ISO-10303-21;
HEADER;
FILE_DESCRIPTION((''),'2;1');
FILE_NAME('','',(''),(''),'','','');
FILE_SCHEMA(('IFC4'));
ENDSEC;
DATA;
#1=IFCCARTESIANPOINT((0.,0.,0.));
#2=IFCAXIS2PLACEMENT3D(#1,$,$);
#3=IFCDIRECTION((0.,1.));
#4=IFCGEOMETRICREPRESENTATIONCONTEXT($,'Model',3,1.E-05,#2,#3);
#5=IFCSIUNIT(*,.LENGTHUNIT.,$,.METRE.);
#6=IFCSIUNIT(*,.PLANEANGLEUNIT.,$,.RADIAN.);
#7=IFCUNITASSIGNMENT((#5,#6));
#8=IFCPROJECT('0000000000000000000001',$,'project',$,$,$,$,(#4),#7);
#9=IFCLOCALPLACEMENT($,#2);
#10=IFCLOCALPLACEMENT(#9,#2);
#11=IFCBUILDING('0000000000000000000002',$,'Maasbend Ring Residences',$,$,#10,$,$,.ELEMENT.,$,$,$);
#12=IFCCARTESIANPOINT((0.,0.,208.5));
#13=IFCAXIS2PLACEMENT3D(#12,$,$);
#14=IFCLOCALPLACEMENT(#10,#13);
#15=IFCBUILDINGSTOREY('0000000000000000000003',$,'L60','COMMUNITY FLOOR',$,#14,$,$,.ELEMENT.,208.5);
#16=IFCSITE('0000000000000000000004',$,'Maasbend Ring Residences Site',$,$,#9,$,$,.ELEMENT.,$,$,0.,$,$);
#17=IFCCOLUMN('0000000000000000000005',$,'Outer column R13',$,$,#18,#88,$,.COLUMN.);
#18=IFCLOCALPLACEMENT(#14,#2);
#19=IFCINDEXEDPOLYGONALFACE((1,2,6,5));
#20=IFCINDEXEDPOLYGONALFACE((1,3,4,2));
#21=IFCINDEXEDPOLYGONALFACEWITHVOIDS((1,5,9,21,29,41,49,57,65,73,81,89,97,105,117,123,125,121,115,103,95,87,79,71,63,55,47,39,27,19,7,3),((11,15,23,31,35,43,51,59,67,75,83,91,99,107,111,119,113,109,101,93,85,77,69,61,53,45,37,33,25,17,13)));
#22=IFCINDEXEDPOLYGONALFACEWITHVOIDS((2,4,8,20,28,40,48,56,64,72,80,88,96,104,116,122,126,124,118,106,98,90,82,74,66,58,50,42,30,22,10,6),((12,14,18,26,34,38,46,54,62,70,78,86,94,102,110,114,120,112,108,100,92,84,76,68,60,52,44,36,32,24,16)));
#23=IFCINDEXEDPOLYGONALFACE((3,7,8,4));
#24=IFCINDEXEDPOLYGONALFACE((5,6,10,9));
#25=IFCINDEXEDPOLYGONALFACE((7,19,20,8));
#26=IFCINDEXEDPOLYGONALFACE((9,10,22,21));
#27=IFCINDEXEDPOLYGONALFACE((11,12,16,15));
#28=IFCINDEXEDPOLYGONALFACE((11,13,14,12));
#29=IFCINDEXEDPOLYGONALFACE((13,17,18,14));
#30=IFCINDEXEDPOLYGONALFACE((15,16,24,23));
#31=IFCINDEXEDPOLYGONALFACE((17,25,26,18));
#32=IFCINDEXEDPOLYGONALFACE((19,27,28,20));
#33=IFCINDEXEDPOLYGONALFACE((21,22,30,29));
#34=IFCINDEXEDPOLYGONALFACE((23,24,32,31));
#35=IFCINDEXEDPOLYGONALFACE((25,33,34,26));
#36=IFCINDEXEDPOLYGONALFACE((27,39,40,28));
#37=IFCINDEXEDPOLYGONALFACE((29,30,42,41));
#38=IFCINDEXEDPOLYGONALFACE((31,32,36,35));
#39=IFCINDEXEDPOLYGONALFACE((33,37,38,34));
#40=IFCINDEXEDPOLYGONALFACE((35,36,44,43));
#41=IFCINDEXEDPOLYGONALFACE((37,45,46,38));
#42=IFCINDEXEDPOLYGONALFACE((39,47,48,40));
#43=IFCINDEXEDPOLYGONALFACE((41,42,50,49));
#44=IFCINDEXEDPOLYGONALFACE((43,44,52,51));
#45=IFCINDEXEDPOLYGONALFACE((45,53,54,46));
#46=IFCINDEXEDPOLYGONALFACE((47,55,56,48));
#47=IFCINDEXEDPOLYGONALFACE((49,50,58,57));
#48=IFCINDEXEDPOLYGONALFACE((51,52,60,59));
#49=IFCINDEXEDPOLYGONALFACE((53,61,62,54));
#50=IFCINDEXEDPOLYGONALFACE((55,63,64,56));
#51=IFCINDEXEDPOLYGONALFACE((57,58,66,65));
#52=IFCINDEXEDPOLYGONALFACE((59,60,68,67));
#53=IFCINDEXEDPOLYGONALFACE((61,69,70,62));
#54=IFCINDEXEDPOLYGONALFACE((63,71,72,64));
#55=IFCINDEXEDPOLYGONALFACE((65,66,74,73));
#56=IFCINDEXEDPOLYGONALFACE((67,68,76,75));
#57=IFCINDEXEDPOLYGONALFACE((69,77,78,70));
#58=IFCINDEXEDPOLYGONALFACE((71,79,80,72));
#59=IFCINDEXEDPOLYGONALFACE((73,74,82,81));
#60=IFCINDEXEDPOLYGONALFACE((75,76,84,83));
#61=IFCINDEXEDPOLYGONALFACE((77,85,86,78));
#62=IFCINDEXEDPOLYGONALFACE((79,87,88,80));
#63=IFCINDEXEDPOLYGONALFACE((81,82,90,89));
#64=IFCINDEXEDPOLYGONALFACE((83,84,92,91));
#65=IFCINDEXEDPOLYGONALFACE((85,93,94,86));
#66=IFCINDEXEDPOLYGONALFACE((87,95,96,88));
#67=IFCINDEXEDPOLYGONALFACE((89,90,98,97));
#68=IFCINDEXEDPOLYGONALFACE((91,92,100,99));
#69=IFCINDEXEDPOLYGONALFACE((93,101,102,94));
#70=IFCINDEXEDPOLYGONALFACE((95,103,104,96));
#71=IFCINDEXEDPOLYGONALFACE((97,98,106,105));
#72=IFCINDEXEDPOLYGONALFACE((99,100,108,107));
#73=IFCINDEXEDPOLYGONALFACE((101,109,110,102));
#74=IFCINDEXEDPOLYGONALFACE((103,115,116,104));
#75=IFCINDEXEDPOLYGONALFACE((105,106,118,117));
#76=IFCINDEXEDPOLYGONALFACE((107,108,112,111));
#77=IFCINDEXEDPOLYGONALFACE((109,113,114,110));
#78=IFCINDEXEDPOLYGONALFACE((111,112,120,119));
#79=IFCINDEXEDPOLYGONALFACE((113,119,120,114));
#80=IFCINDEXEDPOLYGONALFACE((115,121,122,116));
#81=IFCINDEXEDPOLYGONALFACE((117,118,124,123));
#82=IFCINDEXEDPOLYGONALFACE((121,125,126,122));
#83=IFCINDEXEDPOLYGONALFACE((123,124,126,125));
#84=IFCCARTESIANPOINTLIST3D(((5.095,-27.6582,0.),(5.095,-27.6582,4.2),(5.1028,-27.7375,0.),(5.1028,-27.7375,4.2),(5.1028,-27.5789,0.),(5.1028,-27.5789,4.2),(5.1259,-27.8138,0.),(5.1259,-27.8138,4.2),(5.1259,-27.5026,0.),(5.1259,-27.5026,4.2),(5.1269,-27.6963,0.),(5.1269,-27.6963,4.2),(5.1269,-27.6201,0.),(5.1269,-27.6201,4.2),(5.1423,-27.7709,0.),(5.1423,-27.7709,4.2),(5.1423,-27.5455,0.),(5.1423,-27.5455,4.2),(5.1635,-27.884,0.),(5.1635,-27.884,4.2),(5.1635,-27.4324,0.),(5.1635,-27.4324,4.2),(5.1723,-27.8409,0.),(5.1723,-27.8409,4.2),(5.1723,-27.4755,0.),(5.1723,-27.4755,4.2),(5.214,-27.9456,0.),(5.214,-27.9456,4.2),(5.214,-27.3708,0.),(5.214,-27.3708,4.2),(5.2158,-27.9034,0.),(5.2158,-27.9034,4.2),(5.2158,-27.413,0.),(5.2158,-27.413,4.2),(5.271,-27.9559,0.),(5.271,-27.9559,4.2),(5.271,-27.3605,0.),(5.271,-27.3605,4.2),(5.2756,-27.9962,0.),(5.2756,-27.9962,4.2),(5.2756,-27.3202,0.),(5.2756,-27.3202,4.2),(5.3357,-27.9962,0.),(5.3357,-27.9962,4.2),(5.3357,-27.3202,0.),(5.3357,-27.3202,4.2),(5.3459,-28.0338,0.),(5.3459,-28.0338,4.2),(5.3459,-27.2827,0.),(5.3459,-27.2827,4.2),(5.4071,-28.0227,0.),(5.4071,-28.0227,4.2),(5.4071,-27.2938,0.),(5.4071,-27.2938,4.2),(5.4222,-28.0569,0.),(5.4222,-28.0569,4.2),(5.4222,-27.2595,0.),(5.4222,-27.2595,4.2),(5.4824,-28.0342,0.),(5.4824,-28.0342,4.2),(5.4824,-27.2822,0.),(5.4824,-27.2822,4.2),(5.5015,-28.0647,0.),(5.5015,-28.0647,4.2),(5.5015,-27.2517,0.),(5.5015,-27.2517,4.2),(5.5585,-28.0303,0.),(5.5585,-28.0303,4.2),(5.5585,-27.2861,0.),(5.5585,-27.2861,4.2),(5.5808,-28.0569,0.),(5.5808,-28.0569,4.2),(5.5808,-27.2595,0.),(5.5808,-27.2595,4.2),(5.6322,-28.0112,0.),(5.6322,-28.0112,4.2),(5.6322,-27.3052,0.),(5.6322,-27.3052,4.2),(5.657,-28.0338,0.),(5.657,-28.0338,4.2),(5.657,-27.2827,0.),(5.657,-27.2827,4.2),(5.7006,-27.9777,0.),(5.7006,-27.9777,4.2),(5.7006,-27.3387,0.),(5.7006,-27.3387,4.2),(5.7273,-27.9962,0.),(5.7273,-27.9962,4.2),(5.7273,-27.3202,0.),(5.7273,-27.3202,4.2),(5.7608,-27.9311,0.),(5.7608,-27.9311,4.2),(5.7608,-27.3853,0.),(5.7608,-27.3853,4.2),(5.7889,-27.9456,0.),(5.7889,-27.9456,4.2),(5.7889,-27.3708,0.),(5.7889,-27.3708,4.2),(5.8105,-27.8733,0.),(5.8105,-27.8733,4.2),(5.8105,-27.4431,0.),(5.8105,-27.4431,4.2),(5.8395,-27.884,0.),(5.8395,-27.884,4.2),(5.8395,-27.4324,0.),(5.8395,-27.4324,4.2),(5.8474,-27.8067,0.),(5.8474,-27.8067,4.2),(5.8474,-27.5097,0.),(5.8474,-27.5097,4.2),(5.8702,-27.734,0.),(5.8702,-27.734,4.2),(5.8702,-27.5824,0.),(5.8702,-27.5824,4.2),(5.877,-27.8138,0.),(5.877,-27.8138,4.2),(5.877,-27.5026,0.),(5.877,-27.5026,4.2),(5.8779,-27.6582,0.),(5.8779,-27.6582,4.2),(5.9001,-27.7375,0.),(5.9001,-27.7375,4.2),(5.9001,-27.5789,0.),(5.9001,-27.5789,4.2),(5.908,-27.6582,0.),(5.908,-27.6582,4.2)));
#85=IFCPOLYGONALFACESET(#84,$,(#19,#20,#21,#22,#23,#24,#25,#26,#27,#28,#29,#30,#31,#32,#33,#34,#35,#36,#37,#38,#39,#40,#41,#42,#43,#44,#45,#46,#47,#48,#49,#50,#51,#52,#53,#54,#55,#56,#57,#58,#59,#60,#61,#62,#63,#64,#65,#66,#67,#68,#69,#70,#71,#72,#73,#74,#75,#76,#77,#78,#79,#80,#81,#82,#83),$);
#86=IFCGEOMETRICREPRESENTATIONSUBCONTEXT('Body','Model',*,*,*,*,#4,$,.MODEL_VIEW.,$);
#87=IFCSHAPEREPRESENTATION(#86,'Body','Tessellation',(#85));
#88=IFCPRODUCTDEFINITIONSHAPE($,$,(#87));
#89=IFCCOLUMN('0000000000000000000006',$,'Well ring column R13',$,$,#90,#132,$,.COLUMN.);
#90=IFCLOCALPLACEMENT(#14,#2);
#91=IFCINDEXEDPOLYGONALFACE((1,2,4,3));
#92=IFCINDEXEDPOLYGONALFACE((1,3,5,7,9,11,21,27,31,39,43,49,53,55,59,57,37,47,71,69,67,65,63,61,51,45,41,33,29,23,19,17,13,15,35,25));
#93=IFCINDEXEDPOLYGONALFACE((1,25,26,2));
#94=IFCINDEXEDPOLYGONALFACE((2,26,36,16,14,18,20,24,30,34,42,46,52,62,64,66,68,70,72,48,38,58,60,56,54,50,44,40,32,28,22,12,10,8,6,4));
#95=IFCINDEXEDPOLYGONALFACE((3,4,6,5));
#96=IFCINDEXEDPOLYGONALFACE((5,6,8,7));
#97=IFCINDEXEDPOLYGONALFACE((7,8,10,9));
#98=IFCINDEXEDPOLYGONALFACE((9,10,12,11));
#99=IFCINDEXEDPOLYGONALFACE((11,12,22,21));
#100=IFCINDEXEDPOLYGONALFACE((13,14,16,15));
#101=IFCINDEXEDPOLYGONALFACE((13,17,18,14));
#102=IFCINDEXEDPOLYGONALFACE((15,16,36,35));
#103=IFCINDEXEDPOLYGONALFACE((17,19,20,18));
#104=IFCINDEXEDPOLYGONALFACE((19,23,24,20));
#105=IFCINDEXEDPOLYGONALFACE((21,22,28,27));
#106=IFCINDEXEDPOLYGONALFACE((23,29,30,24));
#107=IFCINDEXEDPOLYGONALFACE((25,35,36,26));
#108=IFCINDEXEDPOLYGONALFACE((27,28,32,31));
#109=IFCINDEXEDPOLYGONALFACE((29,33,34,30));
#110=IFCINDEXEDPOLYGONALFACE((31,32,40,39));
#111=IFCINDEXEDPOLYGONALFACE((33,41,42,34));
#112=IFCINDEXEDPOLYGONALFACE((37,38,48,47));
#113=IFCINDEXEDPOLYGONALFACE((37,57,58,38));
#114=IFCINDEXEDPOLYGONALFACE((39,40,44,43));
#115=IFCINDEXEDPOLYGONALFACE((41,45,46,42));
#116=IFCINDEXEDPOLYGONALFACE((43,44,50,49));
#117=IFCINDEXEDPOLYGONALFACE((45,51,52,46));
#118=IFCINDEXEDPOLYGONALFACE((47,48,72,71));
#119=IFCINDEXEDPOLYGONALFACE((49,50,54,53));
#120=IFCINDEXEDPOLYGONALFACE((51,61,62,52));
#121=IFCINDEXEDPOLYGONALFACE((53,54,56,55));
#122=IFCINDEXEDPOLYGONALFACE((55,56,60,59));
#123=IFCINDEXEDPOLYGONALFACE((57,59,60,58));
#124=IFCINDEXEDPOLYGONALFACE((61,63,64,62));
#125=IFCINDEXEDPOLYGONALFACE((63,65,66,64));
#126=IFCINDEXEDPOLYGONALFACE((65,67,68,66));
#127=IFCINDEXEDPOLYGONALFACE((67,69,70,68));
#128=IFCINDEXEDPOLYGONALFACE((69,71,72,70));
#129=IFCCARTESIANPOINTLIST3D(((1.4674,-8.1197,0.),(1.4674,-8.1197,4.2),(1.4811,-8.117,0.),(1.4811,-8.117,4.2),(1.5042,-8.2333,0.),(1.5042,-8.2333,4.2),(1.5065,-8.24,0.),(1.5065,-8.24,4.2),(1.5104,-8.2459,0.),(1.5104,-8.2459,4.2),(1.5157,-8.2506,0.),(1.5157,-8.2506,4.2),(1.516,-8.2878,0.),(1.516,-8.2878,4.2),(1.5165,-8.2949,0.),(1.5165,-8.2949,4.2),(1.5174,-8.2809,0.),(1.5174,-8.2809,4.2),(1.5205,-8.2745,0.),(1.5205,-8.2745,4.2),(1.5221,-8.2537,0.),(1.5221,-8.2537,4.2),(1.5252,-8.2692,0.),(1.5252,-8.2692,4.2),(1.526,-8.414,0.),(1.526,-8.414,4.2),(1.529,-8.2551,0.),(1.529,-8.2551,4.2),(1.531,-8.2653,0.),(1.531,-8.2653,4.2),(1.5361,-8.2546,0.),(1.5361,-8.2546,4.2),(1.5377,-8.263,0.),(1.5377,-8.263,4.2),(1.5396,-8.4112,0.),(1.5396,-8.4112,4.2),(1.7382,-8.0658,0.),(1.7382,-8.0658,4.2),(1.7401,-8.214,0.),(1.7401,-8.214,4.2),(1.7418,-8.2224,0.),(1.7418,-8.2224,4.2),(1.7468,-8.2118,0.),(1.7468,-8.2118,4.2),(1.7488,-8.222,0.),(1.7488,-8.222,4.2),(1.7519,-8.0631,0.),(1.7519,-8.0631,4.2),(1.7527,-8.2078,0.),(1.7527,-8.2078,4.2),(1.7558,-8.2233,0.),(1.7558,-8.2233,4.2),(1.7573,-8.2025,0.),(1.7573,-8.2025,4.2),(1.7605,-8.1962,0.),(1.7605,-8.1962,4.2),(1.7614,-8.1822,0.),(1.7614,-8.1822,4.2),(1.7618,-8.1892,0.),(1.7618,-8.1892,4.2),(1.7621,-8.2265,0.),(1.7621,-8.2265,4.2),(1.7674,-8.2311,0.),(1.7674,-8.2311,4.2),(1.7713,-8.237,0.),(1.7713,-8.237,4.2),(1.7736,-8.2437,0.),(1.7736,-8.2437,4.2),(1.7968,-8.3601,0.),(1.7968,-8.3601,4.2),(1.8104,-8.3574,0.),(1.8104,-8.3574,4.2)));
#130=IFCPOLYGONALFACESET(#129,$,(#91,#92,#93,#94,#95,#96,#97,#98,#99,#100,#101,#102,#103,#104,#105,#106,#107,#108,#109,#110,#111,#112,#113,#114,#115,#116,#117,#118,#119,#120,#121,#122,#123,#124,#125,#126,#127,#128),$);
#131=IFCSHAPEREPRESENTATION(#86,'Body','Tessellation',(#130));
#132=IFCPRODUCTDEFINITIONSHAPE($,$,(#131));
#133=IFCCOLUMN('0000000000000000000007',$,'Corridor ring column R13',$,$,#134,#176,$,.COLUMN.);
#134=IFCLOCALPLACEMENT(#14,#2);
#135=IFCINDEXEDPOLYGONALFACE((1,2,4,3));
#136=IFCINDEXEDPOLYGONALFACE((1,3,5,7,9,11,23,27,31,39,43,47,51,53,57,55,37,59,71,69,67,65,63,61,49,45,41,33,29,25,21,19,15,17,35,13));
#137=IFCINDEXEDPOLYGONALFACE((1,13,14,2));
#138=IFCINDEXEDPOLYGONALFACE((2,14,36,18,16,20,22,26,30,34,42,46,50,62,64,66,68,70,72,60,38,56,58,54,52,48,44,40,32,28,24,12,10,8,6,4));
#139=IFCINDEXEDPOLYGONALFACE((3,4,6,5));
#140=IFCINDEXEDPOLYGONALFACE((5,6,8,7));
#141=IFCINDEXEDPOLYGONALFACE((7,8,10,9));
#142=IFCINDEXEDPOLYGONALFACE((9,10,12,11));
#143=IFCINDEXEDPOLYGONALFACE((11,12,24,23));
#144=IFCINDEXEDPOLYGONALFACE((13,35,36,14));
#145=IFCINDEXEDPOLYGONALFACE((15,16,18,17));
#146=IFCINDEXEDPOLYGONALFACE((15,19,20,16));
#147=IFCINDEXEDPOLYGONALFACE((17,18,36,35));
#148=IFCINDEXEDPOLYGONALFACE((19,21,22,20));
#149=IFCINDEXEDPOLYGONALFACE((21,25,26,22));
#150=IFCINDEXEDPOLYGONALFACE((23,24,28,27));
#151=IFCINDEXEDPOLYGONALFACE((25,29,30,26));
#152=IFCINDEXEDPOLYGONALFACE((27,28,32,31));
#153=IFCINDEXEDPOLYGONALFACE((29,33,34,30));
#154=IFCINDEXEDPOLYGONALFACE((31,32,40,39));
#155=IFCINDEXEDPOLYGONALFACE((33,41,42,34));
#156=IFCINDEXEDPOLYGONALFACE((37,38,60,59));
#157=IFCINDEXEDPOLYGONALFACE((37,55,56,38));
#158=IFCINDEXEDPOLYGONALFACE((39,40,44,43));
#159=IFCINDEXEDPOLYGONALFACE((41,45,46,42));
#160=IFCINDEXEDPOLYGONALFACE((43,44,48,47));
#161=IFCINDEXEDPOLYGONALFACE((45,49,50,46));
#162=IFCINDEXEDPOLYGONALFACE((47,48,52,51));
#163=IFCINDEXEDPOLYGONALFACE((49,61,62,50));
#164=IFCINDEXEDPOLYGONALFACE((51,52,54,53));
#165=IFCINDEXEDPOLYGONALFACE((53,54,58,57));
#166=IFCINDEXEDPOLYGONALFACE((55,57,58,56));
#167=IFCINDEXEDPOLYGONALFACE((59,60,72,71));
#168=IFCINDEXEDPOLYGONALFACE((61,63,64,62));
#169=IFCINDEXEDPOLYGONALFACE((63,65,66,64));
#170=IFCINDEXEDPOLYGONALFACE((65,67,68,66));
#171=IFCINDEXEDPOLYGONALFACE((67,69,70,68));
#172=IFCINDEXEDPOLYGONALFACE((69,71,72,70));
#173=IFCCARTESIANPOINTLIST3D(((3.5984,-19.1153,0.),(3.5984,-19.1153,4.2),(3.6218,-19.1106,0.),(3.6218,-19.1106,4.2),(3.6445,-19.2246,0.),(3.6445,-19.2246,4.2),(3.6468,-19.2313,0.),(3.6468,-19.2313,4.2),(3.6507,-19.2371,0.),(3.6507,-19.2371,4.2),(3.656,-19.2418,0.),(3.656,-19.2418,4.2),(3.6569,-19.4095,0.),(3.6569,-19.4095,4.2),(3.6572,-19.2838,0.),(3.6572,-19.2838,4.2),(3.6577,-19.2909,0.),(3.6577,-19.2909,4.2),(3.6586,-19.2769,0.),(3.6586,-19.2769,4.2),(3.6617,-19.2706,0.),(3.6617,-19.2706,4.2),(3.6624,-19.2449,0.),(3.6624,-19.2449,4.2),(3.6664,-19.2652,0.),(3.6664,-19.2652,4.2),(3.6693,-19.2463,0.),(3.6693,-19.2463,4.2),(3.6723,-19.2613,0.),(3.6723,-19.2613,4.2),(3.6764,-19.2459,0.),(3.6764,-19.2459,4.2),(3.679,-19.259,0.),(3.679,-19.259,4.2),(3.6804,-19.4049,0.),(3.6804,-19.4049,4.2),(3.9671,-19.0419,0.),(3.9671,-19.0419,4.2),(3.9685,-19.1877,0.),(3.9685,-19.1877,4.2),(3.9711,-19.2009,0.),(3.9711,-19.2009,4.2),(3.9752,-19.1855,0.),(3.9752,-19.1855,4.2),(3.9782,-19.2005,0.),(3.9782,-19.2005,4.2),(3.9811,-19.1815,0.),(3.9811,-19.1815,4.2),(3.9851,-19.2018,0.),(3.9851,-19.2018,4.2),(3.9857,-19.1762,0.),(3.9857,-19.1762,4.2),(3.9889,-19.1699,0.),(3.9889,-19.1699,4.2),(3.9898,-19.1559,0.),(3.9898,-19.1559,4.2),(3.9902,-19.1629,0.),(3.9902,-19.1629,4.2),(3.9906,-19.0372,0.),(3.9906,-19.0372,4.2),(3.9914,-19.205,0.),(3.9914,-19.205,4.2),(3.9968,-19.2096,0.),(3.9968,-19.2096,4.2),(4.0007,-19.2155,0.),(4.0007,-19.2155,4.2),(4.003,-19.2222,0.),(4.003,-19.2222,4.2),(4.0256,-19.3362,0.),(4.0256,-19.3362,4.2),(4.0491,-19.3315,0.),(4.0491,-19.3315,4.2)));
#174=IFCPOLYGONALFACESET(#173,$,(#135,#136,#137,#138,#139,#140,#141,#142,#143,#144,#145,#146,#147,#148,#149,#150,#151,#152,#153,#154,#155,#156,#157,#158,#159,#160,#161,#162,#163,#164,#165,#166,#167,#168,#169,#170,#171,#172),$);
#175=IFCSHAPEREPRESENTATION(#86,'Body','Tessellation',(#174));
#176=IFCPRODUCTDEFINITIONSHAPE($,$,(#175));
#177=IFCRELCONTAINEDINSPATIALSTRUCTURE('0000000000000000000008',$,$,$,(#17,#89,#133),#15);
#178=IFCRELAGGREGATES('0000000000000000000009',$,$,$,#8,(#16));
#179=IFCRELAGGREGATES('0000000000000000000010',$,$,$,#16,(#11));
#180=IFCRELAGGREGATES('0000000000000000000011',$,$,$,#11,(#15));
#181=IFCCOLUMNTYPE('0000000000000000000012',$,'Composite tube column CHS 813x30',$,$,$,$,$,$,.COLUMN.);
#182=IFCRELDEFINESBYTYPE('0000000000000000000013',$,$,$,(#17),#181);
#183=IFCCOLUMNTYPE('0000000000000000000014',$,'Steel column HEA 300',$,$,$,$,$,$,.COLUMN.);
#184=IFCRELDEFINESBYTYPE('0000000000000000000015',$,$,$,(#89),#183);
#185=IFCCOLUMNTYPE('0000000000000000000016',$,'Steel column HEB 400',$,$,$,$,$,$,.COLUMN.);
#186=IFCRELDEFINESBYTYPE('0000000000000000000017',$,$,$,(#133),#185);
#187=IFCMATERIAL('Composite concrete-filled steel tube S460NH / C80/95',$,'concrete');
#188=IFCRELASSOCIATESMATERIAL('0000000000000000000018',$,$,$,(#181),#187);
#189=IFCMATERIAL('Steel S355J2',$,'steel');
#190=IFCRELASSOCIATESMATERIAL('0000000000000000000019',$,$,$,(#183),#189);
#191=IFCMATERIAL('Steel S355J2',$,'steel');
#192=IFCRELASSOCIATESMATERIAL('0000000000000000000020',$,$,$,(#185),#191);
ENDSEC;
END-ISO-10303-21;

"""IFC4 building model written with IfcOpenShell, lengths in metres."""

from ifc_helpers import new_model, si_unit, direction, frame, origin, origin_2d, place, context, subcontext, project, spatial, hollow_circle, i_section, extrude, material, material_profile, profile_set, type_object, element, save


model = new_model("IFC4")

# Units and contexts
model_context = context("Model", 3, precision=1e-05, world=origin(), true_north=direction((0.0, 1.0)))
body_context = subcontext(model_context, "Body", "Model", "MODEL_VIEW")
ifc_project = project(units=[si_unit("LENGTHUNIT", "METRE"), si_unit("PLANEANGLEUNIT", "RADIAN")], contexts=[model_context])

# Site, building, storey
site_placement = place(None, origin())
site = spatial("IfcSite", under=ifc_project, at=site_placement, Name="Maasbend Ring Residences Site", CompositionType="ELEMENT", RefElevation=0.0)
building_placement = place(site_placement, origin())
building = spatial("IfcBuilding", under=site, at=building_placement, Name="Maasbend Ring Residences", CompositionType="ELEMENT")
storey_placement = place(building_placement, frame((0.0, 0.0, 208.5)))
storey = spatial("IfcBuildingStorey", under=building, at=storey_placement, Name="L60", Description="COMMUNITY FLOOR", CompositionType="ELEMENT", Elevation=208.5)

# Columns
ifc_material_1 = material(Name="Composite concrete-filled steel tube S460NH / C80/95", Category="concrete")
ifc_material_profile_1 = material_profile(ifc_material_1, hollow_circle(Radius=0.4065, WallThickness=0.03, at=origin_2d()), Name="Composite tube column CHS 813x30")
ifc_profile_set_1 = profile_set([ifc_material_profile_1], Name="Composite concrete-filled steel tube S460NH / C80/95")
column_type_1 = type_object("IfcColumnType", Name="Composite tube column CHS 813x30", PredefinedType="COLUMN", material=ifc_profile_set_1)
column_1_placement = place(storey_placement, frame((5.5015, -27.6582, 0.0), z_axis=(0.0, 0.0, 1.0), x_axis=(1.0, 0.0, 0.0)))
element("IfcColumn", 1, at=column_1_placement, inside=storey, type_object=column_type_1, Name="Outer column R13", PredefinedType="COLUMN", context=body_context, shape_type="SweptSolid", body=[
    extrude(hollow_circle(Radius=0.4065, WallThickness=0.03, at=origin_2d()), origin(), (0.0, 0.0, 1.0), 4.2),
])
ifc_material_2 = material(Name="Steel S355J2", Category="steel")
ifc_material_profile_2 = material_profile(ifc_material_2, i_section(OverallWidth=0.3, OverallDepth=0.29, WebThickness=0.0085, FlangeThickness=0.0139, FilletRadius=0.0271, at=origin_2d()), Name="HEA 300")
ifc_profile_set_2 = profile_set([ifc_material_profile_2], Name="Steel S355J2")
column_type_2 = type_object("IfcColumnType", Name="Steel column HEA 300", PredefinedType="COLUMN", material=ifc_profile_set_2)
column_2_placement = place(storey_placement, frame((1.6389, -8.2385, 0.0), z_axis=(0.0, 0.0, 1.0), x_axis=(0.19509, -0.980785, 0.0)))
element("IfcColumn", 2, at=column_2_placement, inside=storey, type_object=column_type_2, Name="Well ring column R13", PredefinedType="COLUMN", context=body_context, shape_type="SweptSolid", body=[
    extrude(i_section(OverallWidth=0.3, OverallDepth=0.29, WebThickness=0.0085, FlangeThickness=0.0139, FilletRadius=0.0271, at=origin_2d()), origin(), (0.0, 0.0, 1.0), 4.2),
])
ifc_material_3 = material(Name="Steel S355J2", Category="steel")
ifc_material_profile_3 = material_profile(ifc_material_3, i_section(OverallWidth=0.3, OverallDepth=0.3999, WebThickness=0.0134, FlangeThickness=0.0239, FilletRadius=0.0271, at=origin_2d()), Name="HEB 400")
ifc_profile_set_3 = profile_set([ifc_material_profile_3], Name="Steel S355J2")
column_type_3 = type_object("IfcColumnType", Name="Steel column HEB 400", PredefinedType="COLUMN", material=ifc_profile_set_3)
for number, where, z_axis, x_axis, name in (
    (3, (3.8237, -19.2234, 0.0), (0.0, 0.0, 1.0), (0.19509, -0.980785, 0.0), "Corridor ring column R13"),
):
    element("IfcColumn", number, at=place(storey_placement, frame(where, z_axis=z_axis, x_axis=x_axis)), inside=storey, type_object=column_type_3, Name=name, PredefinedType="COLUMN", context=body_context, shape_type="SweptSolid", body=[
        extrude(i_section(OverallWidth=0.3, OverallDepth=0.3999, WebThickness=0.0134, FlangeThickness=0.0239, FilletRadius=0.0271, at=origin_2d()), origin(), (0.0, 0.0, 1.0), 4.2),
    ])

save(model, "model.ifc")
